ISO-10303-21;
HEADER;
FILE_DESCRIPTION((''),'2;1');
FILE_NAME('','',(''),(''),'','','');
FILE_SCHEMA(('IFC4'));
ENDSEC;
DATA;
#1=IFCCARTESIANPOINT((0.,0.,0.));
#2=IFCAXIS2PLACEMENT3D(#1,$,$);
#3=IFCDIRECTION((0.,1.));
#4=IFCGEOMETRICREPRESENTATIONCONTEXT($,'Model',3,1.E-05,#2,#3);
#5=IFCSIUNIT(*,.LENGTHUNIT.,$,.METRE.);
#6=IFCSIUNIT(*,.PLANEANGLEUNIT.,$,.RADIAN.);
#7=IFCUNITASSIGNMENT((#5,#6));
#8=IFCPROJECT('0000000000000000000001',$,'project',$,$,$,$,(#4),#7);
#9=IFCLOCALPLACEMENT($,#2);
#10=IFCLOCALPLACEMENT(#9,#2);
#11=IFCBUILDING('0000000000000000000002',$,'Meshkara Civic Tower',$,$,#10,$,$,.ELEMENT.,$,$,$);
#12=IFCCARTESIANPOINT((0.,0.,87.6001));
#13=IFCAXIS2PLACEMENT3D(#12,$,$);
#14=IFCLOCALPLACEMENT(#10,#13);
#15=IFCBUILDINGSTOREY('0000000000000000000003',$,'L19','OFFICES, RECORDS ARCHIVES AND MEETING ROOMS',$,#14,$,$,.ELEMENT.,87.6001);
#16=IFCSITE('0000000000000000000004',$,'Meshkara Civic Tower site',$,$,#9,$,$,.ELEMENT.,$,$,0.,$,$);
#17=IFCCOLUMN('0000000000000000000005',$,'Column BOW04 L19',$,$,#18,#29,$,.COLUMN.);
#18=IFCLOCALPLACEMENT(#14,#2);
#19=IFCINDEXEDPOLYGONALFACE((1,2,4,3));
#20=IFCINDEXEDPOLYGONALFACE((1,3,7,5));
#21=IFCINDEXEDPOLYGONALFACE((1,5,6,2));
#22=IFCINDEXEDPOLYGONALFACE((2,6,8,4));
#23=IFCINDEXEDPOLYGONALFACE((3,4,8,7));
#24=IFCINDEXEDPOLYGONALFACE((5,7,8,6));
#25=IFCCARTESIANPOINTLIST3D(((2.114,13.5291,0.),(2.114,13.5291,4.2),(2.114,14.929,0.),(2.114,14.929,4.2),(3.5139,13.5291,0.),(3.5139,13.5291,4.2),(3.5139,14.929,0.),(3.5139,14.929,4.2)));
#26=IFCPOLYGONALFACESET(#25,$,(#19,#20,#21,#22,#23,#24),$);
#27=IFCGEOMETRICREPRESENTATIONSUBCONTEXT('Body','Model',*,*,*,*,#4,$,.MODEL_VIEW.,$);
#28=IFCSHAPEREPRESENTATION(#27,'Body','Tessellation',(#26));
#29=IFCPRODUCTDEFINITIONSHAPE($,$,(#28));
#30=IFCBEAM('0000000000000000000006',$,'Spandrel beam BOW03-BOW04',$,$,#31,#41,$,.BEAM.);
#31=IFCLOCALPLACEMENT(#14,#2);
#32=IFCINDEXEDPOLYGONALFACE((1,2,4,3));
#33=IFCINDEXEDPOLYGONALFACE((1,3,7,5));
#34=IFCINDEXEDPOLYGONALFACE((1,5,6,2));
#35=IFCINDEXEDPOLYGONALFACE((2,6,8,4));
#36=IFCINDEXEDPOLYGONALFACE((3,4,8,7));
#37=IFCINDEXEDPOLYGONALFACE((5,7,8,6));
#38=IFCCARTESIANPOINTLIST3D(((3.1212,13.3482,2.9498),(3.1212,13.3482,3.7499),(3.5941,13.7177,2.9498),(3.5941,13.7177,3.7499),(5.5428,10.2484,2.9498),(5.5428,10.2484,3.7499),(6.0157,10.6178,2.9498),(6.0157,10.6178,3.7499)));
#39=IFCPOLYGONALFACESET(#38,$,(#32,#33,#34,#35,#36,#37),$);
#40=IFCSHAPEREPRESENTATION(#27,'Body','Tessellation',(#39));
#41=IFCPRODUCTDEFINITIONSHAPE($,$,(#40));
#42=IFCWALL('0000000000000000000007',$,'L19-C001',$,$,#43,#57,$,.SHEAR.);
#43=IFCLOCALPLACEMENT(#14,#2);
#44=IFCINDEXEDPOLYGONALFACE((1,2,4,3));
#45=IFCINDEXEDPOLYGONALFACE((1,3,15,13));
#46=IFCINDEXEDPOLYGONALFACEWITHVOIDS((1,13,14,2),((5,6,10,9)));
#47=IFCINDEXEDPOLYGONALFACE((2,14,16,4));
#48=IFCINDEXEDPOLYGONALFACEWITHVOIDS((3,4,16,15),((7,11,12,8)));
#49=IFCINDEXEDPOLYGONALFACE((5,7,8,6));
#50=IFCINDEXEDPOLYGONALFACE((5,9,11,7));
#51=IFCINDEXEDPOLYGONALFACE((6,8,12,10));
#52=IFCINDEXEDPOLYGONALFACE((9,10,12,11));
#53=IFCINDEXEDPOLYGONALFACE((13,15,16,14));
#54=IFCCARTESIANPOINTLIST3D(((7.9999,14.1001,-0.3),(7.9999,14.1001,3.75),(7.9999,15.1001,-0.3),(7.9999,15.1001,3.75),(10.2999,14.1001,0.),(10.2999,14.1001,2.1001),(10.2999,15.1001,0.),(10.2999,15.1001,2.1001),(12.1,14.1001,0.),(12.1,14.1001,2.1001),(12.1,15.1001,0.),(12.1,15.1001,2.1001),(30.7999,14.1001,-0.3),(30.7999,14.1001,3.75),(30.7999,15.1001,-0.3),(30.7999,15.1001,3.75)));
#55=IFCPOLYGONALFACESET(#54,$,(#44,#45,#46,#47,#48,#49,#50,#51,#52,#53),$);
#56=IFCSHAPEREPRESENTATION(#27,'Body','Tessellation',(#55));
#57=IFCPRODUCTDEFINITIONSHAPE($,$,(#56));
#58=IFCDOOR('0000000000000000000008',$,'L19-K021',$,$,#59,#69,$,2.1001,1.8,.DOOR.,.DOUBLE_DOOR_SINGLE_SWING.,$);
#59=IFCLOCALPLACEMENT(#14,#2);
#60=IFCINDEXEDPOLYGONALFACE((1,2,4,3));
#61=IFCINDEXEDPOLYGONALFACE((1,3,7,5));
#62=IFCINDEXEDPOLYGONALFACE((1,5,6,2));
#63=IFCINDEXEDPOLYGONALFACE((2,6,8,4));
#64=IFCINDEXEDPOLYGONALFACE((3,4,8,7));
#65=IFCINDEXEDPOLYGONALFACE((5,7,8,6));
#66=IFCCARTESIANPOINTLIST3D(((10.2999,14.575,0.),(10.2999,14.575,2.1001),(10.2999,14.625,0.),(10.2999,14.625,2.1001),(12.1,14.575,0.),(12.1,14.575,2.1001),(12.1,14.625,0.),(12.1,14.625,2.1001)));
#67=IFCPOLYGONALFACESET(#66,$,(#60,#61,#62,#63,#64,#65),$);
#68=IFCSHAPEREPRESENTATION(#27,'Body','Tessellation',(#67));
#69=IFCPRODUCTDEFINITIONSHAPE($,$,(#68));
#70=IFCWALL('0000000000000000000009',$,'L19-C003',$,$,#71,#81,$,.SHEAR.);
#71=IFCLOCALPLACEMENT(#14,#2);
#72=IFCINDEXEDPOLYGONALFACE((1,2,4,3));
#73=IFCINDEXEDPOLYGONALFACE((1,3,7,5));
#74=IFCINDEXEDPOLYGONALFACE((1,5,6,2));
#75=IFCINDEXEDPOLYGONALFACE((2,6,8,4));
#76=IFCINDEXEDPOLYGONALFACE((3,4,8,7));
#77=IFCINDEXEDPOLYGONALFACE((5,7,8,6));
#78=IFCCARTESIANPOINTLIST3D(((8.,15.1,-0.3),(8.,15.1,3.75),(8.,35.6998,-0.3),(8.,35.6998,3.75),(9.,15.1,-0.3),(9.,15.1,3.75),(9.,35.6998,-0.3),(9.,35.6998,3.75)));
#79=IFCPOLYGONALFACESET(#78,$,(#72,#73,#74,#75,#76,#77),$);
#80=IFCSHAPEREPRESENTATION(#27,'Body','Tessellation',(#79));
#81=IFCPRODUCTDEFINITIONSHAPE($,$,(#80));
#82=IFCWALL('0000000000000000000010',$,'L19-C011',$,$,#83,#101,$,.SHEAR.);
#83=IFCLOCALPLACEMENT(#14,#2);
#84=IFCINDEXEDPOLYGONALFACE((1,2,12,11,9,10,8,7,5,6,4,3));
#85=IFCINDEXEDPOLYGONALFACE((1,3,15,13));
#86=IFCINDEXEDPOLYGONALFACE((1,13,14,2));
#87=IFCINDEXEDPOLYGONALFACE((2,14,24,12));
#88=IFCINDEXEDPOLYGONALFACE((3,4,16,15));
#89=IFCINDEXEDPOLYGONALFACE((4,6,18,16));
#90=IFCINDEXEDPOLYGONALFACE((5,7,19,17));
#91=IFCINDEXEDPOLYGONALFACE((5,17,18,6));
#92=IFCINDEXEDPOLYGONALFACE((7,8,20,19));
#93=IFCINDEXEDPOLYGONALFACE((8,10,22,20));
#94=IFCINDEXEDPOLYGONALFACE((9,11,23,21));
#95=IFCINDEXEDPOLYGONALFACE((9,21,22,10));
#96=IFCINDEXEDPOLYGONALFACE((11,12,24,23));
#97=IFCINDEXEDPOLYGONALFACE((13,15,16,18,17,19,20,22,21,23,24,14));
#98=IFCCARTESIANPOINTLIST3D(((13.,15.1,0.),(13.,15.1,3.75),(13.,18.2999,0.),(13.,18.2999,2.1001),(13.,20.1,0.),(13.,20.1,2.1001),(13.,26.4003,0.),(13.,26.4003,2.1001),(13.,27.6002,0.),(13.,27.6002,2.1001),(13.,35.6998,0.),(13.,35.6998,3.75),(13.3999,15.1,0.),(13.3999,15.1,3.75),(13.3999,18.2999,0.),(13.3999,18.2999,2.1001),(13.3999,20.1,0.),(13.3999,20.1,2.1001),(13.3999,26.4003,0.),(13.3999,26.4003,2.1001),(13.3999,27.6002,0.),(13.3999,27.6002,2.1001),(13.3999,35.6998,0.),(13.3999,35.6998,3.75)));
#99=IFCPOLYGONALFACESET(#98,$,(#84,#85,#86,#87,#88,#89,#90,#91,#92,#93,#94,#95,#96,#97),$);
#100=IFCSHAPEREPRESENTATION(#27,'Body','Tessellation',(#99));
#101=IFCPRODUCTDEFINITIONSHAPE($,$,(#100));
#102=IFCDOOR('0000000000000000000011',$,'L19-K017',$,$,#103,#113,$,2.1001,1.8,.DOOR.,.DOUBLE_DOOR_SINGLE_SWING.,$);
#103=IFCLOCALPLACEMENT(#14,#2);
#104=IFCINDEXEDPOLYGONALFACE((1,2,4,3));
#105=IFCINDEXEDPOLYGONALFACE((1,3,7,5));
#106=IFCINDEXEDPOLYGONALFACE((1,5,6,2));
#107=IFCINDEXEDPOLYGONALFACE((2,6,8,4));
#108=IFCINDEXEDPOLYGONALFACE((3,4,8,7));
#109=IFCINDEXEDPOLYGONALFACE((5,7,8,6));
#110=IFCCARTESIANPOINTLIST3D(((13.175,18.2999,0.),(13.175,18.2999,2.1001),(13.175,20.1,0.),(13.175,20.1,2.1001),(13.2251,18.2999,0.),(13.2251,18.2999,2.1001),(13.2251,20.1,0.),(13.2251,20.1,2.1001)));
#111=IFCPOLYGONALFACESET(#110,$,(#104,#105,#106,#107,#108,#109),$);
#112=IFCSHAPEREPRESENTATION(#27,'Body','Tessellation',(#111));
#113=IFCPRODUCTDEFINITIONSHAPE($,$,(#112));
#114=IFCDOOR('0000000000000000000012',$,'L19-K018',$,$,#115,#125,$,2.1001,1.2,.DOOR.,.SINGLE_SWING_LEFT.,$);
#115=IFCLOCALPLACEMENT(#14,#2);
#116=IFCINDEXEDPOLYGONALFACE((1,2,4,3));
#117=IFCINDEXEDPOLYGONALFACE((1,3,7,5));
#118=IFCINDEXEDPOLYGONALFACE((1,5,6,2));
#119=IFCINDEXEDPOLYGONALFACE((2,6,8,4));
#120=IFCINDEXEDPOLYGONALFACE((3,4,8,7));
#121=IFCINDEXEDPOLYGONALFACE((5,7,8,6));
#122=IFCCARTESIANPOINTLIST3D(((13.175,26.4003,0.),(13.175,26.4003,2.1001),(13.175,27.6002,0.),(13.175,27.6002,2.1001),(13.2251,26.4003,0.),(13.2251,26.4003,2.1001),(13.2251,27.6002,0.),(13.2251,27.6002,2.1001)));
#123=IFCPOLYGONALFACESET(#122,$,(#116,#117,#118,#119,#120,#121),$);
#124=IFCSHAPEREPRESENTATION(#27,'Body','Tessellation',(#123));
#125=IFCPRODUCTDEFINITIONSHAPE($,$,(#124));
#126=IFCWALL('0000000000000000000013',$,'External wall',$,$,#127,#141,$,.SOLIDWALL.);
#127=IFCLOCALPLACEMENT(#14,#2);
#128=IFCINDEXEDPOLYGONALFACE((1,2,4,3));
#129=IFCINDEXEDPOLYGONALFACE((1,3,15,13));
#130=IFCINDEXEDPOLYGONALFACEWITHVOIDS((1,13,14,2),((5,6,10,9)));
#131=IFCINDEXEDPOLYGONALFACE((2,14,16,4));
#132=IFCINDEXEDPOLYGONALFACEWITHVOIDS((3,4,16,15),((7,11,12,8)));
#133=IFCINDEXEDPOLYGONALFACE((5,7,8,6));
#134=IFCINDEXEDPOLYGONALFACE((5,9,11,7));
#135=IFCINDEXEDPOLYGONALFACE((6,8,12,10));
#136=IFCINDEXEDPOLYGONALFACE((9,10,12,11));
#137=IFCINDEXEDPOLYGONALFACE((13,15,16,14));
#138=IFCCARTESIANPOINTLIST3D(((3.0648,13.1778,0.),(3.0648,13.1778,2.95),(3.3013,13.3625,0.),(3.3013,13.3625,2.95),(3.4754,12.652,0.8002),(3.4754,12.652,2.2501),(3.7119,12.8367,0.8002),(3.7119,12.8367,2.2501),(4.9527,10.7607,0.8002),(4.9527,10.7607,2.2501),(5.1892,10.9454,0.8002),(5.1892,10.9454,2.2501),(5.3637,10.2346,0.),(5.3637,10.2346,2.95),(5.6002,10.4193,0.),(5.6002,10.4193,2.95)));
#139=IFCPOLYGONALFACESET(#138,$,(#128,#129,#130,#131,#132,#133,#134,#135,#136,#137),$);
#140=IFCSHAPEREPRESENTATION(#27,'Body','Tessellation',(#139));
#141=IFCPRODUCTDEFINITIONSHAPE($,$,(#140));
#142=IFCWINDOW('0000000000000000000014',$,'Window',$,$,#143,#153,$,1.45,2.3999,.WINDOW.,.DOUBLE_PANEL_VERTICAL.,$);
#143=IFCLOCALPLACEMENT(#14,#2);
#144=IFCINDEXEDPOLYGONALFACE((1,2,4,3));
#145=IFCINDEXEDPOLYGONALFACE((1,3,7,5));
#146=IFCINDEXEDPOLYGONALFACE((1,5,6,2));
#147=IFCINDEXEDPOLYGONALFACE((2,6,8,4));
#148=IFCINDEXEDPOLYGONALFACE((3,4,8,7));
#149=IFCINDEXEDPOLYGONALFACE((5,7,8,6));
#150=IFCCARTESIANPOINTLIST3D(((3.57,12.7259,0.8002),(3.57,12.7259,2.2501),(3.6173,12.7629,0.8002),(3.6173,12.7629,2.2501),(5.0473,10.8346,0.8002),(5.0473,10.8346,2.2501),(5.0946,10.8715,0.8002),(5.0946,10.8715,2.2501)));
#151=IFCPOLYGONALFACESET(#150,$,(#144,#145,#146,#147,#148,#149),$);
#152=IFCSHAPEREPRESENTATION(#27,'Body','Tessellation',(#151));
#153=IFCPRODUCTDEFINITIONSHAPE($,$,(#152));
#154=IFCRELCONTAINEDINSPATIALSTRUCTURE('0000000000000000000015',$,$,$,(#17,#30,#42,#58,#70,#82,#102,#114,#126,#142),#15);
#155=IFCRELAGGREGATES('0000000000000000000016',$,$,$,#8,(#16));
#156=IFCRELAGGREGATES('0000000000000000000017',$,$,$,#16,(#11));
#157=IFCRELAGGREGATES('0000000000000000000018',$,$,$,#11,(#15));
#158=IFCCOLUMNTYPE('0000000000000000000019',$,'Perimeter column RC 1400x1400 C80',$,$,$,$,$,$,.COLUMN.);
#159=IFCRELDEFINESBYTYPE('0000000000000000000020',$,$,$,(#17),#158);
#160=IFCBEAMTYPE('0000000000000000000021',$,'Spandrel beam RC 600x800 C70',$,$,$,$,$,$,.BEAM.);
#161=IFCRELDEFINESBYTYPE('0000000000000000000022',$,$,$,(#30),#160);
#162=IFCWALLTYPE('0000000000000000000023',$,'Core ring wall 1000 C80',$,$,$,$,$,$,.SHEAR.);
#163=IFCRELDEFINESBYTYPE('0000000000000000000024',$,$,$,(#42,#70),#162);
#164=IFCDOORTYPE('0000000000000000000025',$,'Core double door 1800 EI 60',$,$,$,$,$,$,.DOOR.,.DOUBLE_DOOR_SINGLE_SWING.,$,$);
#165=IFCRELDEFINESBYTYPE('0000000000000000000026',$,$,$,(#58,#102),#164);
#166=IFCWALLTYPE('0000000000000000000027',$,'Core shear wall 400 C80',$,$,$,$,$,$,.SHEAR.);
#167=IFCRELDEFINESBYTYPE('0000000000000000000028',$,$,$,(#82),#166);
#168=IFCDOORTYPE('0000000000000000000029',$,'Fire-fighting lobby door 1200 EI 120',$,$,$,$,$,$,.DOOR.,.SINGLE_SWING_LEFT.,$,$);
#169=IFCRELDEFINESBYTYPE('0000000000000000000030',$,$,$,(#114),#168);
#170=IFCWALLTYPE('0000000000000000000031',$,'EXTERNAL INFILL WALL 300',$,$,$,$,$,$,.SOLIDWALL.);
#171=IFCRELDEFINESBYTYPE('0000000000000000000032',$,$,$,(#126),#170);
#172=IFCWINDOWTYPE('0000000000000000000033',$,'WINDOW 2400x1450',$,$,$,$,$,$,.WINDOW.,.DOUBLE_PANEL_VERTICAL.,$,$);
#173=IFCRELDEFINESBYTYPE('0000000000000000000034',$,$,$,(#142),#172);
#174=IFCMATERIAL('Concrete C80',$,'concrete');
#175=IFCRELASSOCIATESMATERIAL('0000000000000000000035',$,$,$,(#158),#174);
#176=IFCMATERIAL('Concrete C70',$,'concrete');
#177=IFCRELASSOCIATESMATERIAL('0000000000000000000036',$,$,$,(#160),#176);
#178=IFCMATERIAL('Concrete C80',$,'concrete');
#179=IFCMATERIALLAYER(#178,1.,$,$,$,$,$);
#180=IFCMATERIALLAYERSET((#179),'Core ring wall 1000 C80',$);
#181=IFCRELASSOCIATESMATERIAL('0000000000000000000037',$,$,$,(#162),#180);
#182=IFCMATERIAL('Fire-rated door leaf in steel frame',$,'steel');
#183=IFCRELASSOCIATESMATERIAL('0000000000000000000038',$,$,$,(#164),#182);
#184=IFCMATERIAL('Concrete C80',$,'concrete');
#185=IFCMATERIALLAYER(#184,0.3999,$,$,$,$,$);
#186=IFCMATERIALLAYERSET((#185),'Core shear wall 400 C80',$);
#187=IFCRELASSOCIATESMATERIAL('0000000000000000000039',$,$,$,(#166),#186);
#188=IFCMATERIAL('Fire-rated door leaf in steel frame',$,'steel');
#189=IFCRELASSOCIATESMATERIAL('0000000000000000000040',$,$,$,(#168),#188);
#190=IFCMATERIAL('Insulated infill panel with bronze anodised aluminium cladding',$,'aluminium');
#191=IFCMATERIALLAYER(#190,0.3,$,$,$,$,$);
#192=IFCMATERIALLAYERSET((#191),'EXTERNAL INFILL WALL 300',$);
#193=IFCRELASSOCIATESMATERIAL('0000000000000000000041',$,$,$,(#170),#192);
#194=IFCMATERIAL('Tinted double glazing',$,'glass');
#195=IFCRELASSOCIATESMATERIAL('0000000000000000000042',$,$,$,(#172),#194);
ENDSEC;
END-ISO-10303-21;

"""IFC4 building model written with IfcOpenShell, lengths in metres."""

from ifc_helpers import new_model, si_unit, direction, frame, frame_2d, origin, origin_2d, place, context, subcontext, project, spatial, rectangle, extrude, material, layer, layer_set, material_profile, profile_set, type_object, element, fill, save


model = new_model("IFC4")

# Units and contexts
model_context = context("Model", 3, precision=1e-05, world=origin(), true_north=direction((0.0, 1.0)))
body_context = subcontext(model_context, "Body", "Model", "MODEL_VIEW")
ifc_project = project(units=[si_unit("LENGTHUNIT", "METRE"), si_unit("PLANEANGLEUNIT", "RADIAN")], contexts=[model_context])

# Site, building, storey
site_placement = place(None, origin())
site = spatial("IfcSite", under=ifc_project, at=site_placement, Name="Meshkara Civic Tower site", CompositionType="ELEMENT", RefElevation=0.0)
building_placement = place(site_placement, origin())
building = spatial("IfcBuilding", under=site, at=building_placement, Name="Meshkara Civic Tower", CompositionType="ELEMENT")
storey_placement = place(building_placement, frame((0.0, 0.0, 87.6001)))
storey = spatial("IfcBuildingStorey", under=building, at=storey_placement, Name="L19", Description="OFFICES, RECORDS ARCHIVES AND MEETING ROOMS", CompositionType="ELEMENT", Elevation=87.6001)

# Column
ifc_material_1 = material(Name="Concrete C80", Category="concrete")
ifc_material_profile_1 = material_profile(ifc_material_1, rectangle(XDim=1.3999, YDim=1.3999, at=origin_2d()))
ifc_profile_set_1 = profile_set([ifc_material_profile_1], Name="Concrete C80")
column_type = type_object("IfcColumnType", Name="Perimeter column RC 1400x1400 C80", PredefinedType="COLUMN", material=ifc_profile_set_1)
column_placement = place(storey_placement, frame((2.814, 14.229, 0.0), z_axis=(0.0, 0.0, 1.0), x_axis=(1.0, 0.0, 0.0)))
element("IfcColumn", 1, at=column_placement, inside=storey, type_object=column_type, Name="Column BOW04 L19", PredefinedType="COLUMN", context=body_context, shape_type="SweptSolid", body=[
    extrude(rectangle(XDim=1.3999, YDim=1.3999, at=origin_2d()), origin(), (0.0, 0.0, 1.0), 4.2),
])

# Beam
ifc_material_2 = material(Name="Concrete C70", Category="concrete")
ifc_material_profile_2 = material_profile(ifc_material_2, rectangle(XDim=0.6001, YDim=0.8, at=origin_2d()))
ifc_profile_set_2 = profile_set([ifc_material_profile_2], Name="Concrete C70")
beam_type = type_object("IfcBeamType", Name="Spandrel beam RC 600x800 C70", PredefinedType="BEAM", material=ifc_profile_set_2)
beam_placement = place(storey_placement, frame((3.3577, 13.533, 3.3499), z_axis=(0.615624, -0.78804, 0.0), x_axis=(0.78804, 0.615624, 0.0)))
element("IfcBeam", 2, at=beam_placement, inside=storey, type_object=beam_type, Name="Spandrel beam BOW03-BOW04", PredefinedType="BEAM", context=body_context, shape_type="SweptSolid", body=[
    extrude(rectangle(XDim=0.6001, YDim=0.8, at=origin_2d()), origin(), (0.0, 0.0, 1.0), 3.9336),
])

# Wall, opening, door
ifc_material_3 = material(Name="Concrete C80", Category="concrete")
ifc_layer_1 = layer(ifc_material_3, 1.0)
ifc_layer_set_1 = layer_set([ifc_layer_1], Name="Core ring wall 1000 C80")
wall_type_1 = type_object("IfcWallType", Name="Core ring wall 1000 C80", PredefinedType="SHEAR", material=ifc_layer_set_1)
wall_1_placement = place(storey_placement, frame((8.0, 14.6001, -0.3), z_axis=(0.0, 0.0, 1.0), x_axis=(1.0, 0.0, 0.0)))
wall_1 = element("IfcWall", 3, at=wall_1_placement, inside=storey, type_object=wall_type_1, Name="L19-C001", PredefinedType="SHEAR", context=body_context, shape_type="SweptSolid", body=[
    extrude(rectangle(XDim=22.8, YDim=1.0, at=frame_2d((11.3999, 0.0))), origin(), (0.0, 0.0, 1.0), 4.05),
])
opening_1_placement = place(wall_1_placement, frame((2.3, 0.0, 0.3)))
opening_1 = element("IfcOpeningElement", 4, at=opening_1_placement, cuts=wall_1, PredefinedType="OPENING", context=body_context, shape_type="SweptSolid", body=[
    extrude(rectangle(XDim=1.8, YDim=2.1001, at=frame_2d((0.8999, 1.05))), frame((0.0, 0.51, 0.0), z_axis=(0.0, -1.0, 0.0), x_axis=(1.0, 0.0, 0.0)), (0.0, 0.0, 1.0), 1.02),
])
ifc_material_4 = material(Name="Fire-rated door leaf in steel frame", Category="steel")
door_type_1 = type_object("IfcDoorType", Name="Core double door 1800 EI 60", OperationType="DOUBLE_DOOR_SINGLE_SWING", PredefinedType="DOOR", material=ifc_material_4)
door_1_placement = place(opening_1_placement, origin())
door_1 = element("IfcDoor", 5, at=door_1_placement, inside=storey, type_object=door_type_1, Name="L19-K021", OperationType="DOUBLE_DOOR_SINGLE_SWING", OverallHeight=2.1001, OverallWidth=1.8, PredefinedType="DOOR", context=body_context, shape_type="SweptSolid", body=[
    extrude(rectangle(XDim=1.8, YDim=2.1001, at=frame_2d((0.8999, 1.05))), frame((0.0, 0.0249, 0.0), z_axis=(0.0, -1.0, 0.0), x_axis=(1.0, 0.0, 0.0)), (0.0, 0.0, 1.0), 0.05),
])
fill(opening_1, door_1)

# Wall
wall_2_placement = place(storey_placement, frame((8.5, 15.1001, -0.3), z_axis=(0.0, 0.0, 1.0), x_axis=(0.0, 1.0, 0.0)))
element("IfcWall", 6, at=wall_2_placement, inside=storey, type_object=wall_type_1, Name="L19-C003", PredefinedType="SHEAR", context=body_context, shape_type="SweptSolid", body=[
    extrude(rectangle(XDim=20.5999, YDim=1.0, at=frame_2d((10.2998, 0.0))), origin(), (0.0, 0.0, 1.0), 4.05),
])

# Wall, openings, doors
ifc_material_5 = material(Name="Concrete C80", Category="concrete")
ifc_layer_2 = layer(ifc_material_5, 0.3999)
ifc_layer_set_2 = layer_set([ifc_layer_2], Name="Core shear wall 400 C80")
wall_type_2 = type_object("IfcWallType", Name="Core shear wall 400 C80", PredefinedType="SHEAR", material=ifc_layer_set_2)
wall_3_placement = place(storey_placement, frame((13.2, 15.1001, 0.0), z_axis=(0.0, 0.0, 1.0), x_axis=(0.0, 1.0, 0.0)))
wall_3 = element("IfcWall", 7, at=wall_3_placement, inside=storey, type_object=wall_type_2, Name="L19-C011", PredefinedType="SHEAR", context=body_context, shape_type="SweptSolid", body=[
    extrude(rectangle(XDim=20.5999, YDim=0.3999, at=frame_2d((10.2998, 0.0))), origin(), (0.0, 0.0, 1.0), 3.75),
])
opening_2_placement = place(wall_3_placement, frame((3.2, 0.0, 0.0)))
opening_2 = element("IfcOpeningElement", 8, at=opening_2_placement, cuts=wall_3, PredefinedType="OPENING", context=body_context, shape_type="SweptSolid", body=[
    extrude(rectangle(XDim=1.8, YDim=2.1001, at=frame_2d((0.8999, 1.05))), frame((0.0, 0.21, 0.0), z_axis=(0.0, -1.0, 0.0), x_axis=(1.0, 0.0, 0.0)), (0.0, 0.0, 1.0), 0.4199),
])
opening_3_placement = place(wall_3_placement, frame((11.3, 0.0, 0.0)))
opening_3 = element("IfcOpeningElement", 9, at=opening_3_placement, cuts=wall_3, PredefinedType="OPENING", context=body_context, shape_type="SweptSolid", body=[
    extrude(rectangle(XDim=1.2, YDim=2.1001, at=frame_2d((0.6001, 1.05))), frame((0.0, 0.21, 0.0), z_axis=(0.0, -1.0, 0.0), x_axis=(1.0, 0.0, 0.0)), (0.0, 0.0, 1.0), 0.4199),
])
door_2_placement = place(opening_2_placement, origin())
door_2 = element("IfcDoor", 10, at=door_2_placement, inside=storey, type_object=door_type_1, Name="L19-K017", OperationType="DOUBLE_DOOR_SINGLE_SWING", OverallHeight=2.1001, OverallWidth=1.8, PredefinedType="DOOR", context=body_context, shape_type="SweptSolid", body=[
    extrude(rectangle(XDim=1.8, YDim=2.1001, at=frame_2d((0.8999, 1.05))), frame((0.0, 0.0249, 0.0), z_axis=(0.0, -1.0, 0.0), x_axis=(1.0, 0.0, 0.0)), (0.0, 0.0, 1.0), 0.05),
])
fill(opening_2, door_2)
ifc_material_6 = material(Name="Fire-rated door leaf in steel frame", Category="steel")
door_type_2 = type_object("IfcDoorType", Name="Fire-fighting lobby door 1200 EI 120", OperationType="SINGLE_SWING_LEFT", PredefinedType="DOOR", material=ifc_material_6)
door_3_placement = place(opening_3_placement, origin())
door_3 = element("IfcDoor", 11, at=door_3_placement, inside=storey, type_object=door_type_2, Name="L19-K018", OperationType="SINGLE_SWING_LEFT", OverallHeight=2.1001, OverallWidth=1.2, PredefinedType="DOOR", context=body_context, shape_type="SweptSolid", body=[
    extrude(rectangle(XDim=1.2, YDim=2.1001, at=frame_2d((0.6001, 1.05))), frame((0.0, 0.0249, 0.0), z_axis=(0.0, -1.0, 0.0), x_axis=(1.0, 0.0, 0.0)), (0.0, 0.0, 1.0), 0.05),
])
fill(opening_3, door_3)

# Wall, opening, window
ifc_material_7 = material(Name="Insulated infill panel with bronze anodised aluminium cladding", Category="aluminium")
ifc_layer_3 = layer(ifc_material_7, 0.3)
ifc_layer_set_3 = layer_set([ifc_layer_3], Name="EXTERNAL INFILL WALL 300")
wall_type_3 = type_object("IfcWallType", Name="EXTERNAL INFILL WALL 300", PredefinedType="SOLIDWALL", material=ifc_layer_set_3)
wall_4_placement = place(storey_placement, frame((3.1831, 13.27, 0.0), z_axis=(0.0, 0.0, 1.0), x_axis=(0.615564, -0.788087, 0.0)))
wall_4 = element("IfcWall", 12, at=wall_4_placement, inside=storey, type_object=wall_type_3, Name="External wall", PredefinedType="SOLIDWALL", context=body_context, shape_type="SweptSolid", body=[
    extrude(rectangle(XDim=3.7346, YDim=0.3, at=frame_2d((1.8672, 0.0))), origin(), (0.0, 0.0, 1.0), 2.95),
])
opening_4_placement = place(wall_4_placement, frame((0.667, 0.0, 0.8)))
opening_4 = element("IfcOpeningElement", 13, at=opening_4_placement, cuts=wall_4, PredefinedType="OPENING", context=body_context, shape_type="SweptSolid", body=[
    extrude(rectangle(XDim=2.3999, YDim=1.45, at=frame_2d((1.2, 0.7251))), frame((0.0, 0.1599, 0.0), z_axis=(0.0, -1.0, 0.0), x_axis=(1.0, 0.0, 0.0)), (0.0, 0.0, 1.0), 0.3201),
])
ifc_material_8 = material(Name="Tinted double glazing", Category="glass")
window_type = type_object("IfcWindowType", Name="WINDOW 2400x1450", PartitioningType="DOUBLE_PANEL_VERTICAL", PredefinedType="WINDOW", material=ifc_material_8)
window_placement = place(opening_4_placement, origin())
window = element("IfcWindow", 14, at=window_placement, inside=storey, type_object=window_type, Name="Window", OverallHeight=1.45, OverallWidth=2.3999, PartitioningType="DOUBLE_PANEL_VERTICAL", PredefinedType="WINDOW", context=body_context, shape_type="SweptSolid", body=[
    extrude(rectangle(XDim=2.3999, YDim=1.45, at=frame_2d((1.2, 0.7251))), frame((0.0, 0.03, 0.0), z_axis=(0.0, -1.0, 0.0), x_axis=(1.0, 0.0, 0.0)), (0.0, 0.0, 1.0), 0.0601),
])
fill(opening_4, window)

save(model, "model.ifc")
